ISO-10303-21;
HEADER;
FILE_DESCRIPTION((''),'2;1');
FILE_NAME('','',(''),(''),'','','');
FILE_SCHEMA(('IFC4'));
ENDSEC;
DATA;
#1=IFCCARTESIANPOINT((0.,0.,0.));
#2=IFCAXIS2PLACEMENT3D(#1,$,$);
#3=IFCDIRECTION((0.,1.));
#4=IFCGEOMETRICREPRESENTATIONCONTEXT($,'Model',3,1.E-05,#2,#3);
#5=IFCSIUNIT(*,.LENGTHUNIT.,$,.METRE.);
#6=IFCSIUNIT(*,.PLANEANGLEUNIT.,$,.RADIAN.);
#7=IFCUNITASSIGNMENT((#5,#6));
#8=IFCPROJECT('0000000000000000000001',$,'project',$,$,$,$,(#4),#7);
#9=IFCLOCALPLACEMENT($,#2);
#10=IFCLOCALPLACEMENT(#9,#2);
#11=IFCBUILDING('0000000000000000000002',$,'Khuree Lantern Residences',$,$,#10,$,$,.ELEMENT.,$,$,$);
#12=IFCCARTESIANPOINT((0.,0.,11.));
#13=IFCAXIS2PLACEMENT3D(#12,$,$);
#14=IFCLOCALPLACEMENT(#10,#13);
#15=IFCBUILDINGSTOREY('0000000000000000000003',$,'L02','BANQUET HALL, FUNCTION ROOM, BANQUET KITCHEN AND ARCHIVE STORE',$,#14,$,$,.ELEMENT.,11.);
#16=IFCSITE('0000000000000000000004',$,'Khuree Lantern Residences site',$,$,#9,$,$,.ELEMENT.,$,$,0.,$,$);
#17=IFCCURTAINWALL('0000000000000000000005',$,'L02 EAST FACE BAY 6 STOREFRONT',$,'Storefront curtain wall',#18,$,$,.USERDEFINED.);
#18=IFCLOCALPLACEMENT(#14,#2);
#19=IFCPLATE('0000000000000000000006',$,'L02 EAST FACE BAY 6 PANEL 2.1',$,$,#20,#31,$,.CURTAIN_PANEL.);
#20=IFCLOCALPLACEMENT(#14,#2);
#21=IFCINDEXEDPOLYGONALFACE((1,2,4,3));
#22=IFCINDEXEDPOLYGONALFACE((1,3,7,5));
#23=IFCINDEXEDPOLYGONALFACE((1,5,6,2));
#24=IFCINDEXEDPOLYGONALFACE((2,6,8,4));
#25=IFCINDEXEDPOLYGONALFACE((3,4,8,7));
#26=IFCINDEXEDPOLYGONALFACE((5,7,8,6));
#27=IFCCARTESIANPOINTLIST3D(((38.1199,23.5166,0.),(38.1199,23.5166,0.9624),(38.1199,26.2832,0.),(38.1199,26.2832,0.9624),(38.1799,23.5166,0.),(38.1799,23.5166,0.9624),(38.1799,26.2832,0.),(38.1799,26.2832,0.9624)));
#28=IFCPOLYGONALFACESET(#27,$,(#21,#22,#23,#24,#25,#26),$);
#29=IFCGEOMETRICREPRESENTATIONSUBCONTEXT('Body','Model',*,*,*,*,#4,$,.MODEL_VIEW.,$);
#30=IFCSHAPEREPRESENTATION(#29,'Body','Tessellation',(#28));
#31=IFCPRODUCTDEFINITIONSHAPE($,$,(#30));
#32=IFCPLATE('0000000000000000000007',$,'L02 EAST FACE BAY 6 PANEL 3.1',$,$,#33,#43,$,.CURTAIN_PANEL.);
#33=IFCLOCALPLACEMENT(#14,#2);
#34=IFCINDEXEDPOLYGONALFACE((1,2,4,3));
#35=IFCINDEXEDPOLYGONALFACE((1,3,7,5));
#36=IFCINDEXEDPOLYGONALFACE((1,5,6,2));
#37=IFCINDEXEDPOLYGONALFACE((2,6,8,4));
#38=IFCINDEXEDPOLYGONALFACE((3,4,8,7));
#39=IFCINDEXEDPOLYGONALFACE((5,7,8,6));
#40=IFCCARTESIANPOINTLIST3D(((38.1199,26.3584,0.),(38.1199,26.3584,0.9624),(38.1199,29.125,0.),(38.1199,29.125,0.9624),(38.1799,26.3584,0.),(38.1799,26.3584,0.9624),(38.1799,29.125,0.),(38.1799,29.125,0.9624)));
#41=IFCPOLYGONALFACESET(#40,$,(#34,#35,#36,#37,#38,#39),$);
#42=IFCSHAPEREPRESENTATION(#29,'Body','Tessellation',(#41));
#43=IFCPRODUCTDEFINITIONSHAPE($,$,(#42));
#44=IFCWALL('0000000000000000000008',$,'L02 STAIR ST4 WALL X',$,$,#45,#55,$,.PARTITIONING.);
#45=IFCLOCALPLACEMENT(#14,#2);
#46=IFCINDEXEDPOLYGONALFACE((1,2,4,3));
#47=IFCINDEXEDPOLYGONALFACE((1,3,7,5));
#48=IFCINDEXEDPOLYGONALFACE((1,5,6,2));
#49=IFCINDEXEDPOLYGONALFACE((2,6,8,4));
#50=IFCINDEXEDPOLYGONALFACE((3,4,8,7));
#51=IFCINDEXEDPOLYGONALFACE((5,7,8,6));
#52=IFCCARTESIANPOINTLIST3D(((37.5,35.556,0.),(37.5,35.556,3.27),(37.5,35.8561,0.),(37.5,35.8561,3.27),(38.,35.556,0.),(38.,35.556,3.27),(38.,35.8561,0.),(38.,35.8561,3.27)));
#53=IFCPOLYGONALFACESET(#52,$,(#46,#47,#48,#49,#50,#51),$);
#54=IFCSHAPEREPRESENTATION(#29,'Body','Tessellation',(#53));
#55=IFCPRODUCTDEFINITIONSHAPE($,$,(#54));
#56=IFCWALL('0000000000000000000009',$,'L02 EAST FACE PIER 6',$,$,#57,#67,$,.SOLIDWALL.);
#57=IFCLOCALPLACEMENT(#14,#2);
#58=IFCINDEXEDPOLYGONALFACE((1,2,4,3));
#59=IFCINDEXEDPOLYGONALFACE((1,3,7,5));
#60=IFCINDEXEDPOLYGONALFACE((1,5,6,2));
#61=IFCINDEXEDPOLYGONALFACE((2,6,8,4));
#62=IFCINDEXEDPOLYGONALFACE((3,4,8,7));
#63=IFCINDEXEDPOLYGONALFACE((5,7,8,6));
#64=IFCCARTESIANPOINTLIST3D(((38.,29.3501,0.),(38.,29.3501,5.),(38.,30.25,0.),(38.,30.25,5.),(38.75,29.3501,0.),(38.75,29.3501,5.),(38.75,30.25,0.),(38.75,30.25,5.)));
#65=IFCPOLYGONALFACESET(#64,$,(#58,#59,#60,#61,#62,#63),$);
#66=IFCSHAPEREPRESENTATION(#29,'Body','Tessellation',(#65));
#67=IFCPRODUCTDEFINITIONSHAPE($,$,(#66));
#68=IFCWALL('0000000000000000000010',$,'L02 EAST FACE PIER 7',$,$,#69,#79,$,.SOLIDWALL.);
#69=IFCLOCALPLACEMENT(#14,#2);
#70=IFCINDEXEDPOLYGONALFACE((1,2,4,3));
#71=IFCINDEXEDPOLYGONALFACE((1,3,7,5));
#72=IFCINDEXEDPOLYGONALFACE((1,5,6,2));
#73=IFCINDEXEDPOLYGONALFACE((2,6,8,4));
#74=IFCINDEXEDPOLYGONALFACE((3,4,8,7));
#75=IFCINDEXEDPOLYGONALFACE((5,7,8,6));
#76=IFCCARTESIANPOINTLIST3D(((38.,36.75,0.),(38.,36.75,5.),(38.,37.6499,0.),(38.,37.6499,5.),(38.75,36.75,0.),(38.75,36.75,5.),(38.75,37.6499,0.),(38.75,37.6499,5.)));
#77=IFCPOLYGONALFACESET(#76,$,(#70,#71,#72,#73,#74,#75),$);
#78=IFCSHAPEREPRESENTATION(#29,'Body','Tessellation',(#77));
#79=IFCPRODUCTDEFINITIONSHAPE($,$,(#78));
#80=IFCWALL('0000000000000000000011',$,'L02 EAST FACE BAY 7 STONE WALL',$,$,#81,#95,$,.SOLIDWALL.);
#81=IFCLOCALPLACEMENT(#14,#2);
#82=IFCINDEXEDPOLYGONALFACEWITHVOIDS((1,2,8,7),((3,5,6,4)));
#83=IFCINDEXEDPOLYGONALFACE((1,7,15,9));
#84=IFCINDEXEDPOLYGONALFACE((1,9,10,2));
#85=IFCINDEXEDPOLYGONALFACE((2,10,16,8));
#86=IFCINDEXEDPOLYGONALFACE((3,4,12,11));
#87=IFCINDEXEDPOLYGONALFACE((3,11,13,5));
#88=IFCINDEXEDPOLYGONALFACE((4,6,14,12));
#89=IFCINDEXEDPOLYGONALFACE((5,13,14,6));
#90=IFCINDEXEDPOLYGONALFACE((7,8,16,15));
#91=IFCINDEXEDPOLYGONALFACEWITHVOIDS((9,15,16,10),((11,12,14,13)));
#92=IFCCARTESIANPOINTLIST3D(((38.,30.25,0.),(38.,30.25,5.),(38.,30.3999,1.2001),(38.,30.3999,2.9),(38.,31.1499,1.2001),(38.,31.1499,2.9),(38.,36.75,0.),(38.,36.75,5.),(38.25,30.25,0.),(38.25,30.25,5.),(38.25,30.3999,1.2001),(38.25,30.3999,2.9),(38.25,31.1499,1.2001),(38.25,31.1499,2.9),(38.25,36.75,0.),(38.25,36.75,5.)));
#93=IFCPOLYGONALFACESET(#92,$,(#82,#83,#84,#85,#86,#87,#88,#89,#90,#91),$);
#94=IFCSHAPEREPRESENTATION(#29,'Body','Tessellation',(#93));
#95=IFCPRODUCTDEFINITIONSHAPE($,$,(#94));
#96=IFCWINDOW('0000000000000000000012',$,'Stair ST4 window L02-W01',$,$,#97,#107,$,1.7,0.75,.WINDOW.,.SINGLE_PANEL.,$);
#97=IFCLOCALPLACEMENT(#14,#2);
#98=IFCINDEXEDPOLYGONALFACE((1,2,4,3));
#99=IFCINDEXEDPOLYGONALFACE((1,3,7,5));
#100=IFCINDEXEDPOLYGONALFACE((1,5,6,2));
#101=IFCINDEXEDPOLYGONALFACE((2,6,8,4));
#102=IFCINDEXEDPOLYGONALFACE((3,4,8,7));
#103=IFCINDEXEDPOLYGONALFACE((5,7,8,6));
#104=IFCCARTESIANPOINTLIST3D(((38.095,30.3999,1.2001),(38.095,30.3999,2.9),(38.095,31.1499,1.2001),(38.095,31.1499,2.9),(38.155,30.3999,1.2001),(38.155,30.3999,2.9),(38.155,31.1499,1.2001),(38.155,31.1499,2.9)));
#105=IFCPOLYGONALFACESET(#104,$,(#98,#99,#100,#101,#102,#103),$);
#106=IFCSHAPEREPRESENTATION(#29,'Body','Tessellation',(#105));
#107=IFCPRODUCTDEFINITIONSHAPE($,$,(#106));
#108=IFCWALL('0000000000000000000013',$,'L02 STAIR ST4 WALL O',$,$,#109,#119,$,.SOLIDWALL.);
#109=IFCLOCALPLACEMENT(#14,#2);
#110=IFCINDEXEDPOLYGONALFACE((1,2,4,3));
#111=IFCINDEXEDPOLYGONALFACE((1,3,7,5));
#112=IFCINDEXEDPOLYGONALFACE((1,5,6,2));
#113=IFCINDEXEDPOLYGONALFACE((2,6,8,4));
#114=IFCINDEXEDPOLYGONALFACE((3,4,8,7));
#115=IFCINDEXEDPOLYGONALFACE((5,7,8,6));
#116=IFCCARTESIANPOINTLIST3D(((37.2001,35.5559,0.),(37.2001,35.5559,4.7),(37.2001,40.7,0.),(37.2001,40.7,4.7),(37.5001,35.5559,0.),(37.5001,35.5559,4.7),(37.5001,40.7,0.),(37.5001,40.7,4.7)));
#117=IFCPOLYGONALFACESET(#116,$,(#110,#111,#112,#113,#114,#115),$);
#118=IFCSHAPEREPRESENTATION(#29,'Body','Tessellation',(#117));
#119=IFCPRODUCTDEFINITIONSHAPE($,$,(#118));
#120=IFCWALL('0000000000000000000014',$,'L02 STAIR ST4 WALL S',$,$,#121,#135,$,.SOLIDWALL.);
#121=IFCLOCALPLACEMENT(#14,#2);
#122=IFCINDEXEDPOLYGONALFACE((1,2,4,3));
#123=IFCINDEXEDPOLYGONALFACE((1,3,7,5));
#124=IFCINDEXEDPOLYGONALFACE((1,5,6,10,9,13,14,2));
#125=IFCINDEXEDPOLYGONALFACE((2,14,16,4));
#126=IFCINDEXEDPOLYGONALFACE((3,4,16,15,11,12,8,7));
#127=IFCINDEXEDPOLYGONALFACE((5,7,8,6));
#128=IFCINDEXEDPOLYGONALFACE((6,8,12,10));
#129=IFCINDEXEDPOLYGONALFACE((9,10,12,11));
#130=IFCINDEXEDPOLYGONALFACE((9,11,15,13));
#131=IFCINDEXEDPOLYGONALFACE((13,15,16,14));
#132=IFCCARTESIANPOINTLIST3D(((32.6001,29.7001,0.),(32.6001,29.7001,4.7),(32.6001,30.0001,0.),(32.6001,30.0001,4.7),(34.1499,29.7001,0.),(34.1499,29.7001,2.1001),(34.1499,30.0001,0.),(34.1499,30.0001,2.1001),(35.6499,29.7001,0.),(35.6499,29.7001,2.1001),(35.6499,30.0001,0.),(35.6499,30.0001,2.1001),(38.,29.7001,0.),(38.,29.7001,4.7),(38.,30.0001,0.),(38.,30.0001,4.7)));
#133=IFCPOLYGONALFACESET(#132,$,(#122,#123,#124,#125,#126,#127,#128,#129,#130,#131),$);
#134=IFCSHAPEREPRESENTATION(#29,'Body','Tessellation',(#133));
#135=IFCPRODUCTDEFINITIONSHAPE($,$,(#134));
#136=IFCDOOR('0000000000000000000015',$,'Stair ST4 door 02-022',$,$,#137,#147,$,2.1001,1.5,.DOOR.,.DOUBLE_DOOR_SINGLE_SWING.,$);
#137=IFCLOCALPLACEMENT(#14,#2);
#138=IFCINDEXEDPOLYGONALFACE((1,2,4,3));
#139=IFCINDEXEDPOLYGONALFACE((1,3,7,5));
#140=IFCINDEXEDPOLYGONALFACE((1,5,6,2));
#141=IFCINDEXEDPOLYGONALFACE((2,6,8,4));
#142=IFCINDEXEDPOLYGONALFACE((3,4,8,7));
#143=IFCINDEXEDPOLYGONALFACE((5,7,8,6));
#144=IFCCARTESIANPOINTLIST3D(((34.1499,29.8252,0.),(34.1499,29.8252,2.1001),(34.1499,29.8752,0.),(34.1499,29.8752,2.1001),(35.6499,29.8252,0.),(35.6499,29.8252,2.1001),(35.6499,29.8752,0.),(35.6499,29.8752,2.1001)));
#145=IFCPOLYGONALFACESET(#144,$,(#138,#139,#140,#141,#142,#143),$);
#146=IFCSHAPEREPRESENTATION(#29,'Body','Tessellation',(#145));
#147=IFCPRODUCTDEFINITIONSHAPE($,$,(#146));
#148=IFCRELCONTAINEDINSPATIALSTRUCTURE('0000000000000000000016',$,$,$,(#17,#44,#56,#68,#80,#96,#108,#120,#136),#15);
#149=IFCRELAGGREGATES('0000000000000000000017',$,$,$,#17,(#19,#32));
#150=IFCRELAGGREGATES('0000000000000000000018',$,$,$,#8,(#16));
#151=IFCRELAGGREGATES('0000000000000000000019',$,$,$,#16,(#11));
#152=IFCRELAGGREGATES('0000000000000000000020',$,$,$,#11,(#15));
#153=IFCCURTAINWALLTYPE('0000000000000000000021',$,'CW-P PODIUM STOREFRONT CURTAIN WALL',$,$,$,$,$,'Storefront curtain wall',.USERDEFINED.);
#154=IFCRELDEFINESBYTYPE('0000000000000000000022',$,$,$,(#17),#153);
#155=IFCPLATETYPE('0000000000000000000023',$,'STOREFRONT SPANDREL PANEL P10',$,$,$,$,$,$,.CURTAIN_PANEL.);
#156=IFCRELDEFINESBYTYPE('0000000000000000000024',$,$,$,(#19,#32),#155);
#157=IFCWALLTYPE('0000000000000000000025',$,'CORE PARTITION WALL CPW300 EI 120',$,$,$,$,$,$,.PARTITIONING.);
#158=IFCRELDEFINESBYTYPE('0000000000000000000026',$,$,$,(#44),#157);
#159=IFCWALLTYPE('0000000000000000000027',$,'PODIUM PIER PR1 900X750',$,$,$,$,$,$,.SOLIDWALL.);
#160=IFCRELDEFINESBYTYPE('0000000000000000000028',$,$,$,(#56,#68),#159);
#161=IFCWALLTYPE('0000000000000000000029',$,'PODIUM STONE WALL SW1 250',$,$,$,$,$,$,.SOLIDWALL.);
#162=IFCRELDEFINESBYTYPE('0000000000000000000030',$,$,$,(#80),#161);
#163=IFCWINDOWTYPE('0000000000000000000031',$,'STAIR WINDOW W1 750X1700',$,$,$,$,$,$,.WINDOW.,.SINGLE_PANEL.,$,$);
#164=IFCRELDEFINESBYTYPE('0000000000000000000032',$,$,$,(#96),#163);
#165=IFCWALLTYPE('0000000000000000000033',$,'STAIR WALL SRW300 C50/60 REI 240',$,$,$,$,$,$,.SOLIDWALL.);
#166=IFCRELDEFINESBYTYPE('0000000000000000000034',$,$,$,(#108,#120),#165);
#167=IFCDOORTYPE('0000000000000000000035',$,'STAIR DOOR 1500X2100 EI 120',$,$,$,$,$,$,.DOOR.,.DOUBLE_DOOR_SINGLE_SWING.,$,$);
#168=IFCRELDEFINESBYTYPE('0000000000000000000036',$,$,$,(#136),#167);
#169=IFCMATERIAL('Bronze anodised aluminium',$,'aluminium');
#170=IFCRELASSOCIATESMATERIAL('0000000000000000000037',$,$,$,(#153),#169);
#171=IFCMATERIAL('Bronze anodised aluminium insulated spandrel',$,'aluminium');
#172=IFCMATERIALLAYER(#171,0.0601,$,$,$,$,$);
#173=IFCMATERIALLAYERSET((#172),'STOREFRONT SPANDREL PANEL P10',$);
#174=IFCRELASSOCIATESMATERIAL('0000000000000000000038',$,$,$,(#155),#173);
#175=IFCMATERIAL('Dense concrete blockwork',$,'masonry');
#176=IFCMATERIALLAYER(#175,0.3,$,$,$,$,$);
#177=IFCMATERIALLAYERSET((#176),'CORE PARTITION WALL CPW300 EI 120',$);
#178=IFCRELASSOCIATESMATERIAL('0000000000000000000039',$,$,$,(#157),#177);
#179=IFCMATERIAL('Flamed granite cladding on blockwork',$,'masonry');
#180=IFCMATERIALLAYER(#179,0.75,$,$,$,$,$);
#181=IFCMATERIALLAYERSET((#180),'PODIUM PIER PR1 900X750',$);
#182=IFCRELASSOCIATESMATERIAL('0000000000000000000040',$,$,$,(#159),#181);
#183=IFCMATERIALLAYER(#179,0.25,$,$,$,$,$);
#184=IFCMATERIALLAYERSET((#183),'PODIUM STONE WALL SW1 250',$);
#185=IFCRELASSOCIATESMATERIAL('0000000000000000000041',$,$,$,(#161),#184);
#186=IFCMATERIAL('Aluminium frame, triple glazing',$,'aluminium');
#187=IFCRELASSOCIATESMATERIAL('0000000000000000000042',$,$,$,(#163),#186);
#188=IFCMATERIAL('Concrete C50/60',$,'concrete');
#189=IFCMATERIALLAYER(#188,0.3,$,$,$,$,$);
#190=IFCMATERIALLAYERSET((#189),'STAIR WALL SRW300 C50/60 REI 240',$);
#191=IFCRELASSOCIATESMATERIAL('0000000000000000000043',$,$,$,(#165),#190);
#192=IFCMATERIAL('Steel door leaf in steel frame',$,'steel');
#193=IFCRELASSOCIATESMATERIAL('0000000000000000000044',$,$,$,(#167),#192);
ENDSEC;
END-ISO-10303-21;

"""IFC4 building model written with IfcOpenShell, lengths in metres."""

from ifc_helpers import new_model, si_unit, direction, frame, frame_2d, origin, origin_2d, place, context, subcontext, project, spatial, rectangle, extrude, material, layer, layer_set, type_object, element, fill, aggregate, save


model = new_model("IFC4")

# Units and contexts
model_context = context("Model", 3, precision=1e-05, world=origin(), true_north=direction((0.0, 1.0)))
body_context = subcontext(model_context, "Body", "Model", "MODEL_VIEW")
ifc_project = project(units=[si_unit("LENGTHUNIT", "METRE"), si_unit("PLANEANGLEUNIT", "RADIAN")], contexts=[model_context])

# Site, building, storey
site_placement = place(None, origin())
site = spatial("IfcSite", under=ifc_project, at=site_placement, Name="Khuree Lantern Residences site", CompositionType="ELEMENT", RefElevation=0.0)
building_placement = place(site_placement, origin())
building = spatial("IfcBuilding", under=site, at=building_placement, Name="Khuree Lantern Residences", CompositionType="ELEMENT")
storey_placement = place(building_placement, frame((0.0, 0.0, 11.0)))
storey = spatial("IfcBuildingStorey", under=building, at=storey_placement, Name="L02", Description="BANQUET HALL, FUNCTION ROOM, BANQUET KITCHEN AND ARCHIVE STORE", CompositionType="ELEMENT", Elevation=11.0)

# Curtain wall
ifc_material_1 = material(Name="Bronze anodised aluminium", Category="aluminium")
curtain_wall_type = type_object("IfcCurtainWallType", Name="CW-P PODIUM STOREFRONT CURTAIN WALL", ElementType="Storefront curtain wall", PredefinedType="USERDEFINED", material=ifc_material_1)
curtain_wall_placement = place(storey_placement, origin())
curtain_wall = element("IfcCurtainWall", 1, at=curtain_wall_placement, inside=storey, type_object=curtain_wall_type, Name="L02 EAST FACE BAY 6 STOREFRONT", ObjectType="Storefront curtain wall", PredefinedType="USERDEFINED")

# Plates
ifc_material_2 = material(Name="Bronze anodised aluminium insulated spandrel", Category="aluminium")
ifc_layer_1 = layer(ifc_material_2, 0.0601)
ifc_layer_set_1 = layer_set([ifc_layer_1], Name="STOREFRONT SPANDREL PANEL P10")
plate_type_1 = type_object("IfcPlateType", Name="STOREFRONT SPANDREL PANEL P10", PredefinedType="CURTAIN_PANEL", material=ifc_layer_set_1)
plate_1_placement = place(storey_placement, frame((38.1499, 24.8999, 0.0), z_axis=(0.0, 0.0, 1.0), x_axis=(0.0, 1.0, 0.0)))
plate_1 = element("IfcPlate", 2, at=plate_1_placement, type_object=plate_type_1, Name="L02 EAST FACE BAY 6 PANEL 2.1", PredefinedType="CURTAIN_PANEL", context=body_context, shape_type="SweptSolid", body=[
    extrude(rectangle(XDim=2.7666, YDim=0.0601, at=origin_2d()), origin(), (0.0, 0.0, 1.0), 0.9624),
])
plate_2_placement = place(storey_placement, frame((38.1499, 27.7417, 0.0), z_axis=(0.0, 0.0, 1.0), x_axis=(0.0, 1.0, 0.0)))
plate_2 = element("IfcPlate", 3, at=plate_2_placement, type_object=plate_type_1, Name="L02 EAST FACE BAY 6 PANEL 3.1", PredefinedType="CURTAIN_PANEL", context=body_context, shape_type="SweptSolid", body=[
    extrude(rectangle(XDim=2.7666, YDim=0.0601, at=origin_2d()), origin(), (0.0, 0.0, 1.0), 0.9624),
])
aggregate(curtain_wall, [plate_1, plate_2])

# Walls
ifc_material_3 = material(Name="Dense concrete blockwork", Category="masonry")
ifc_layer_2 = layer(ifc_material_3, 0.3)
ifc_layer_set_2 = layer_set([ifc_layer_2], Name="CORE PARTITION WALL CPW300 EI 120")
wall_type_1 = type_object("IfcWallType", Name="CORE PARTITION WALL CPW300 EI 120", PredefinedType="PARTITIONING", material=ifc_layer_set_2)
wall_1_placement = place(storey_placement, frame((38.0, 35.7061, 0.0), z_axis=(0.0, 0.0, 1.0), x_axis=(-1.0, 0.0, 0.0)))
element("IfcWall", 4, at=wall_1_placement, inside=storey, type_object=wall_type_1, Name="L02 STAIR ST4 WALL X", PredefinedType="PARTITIONING", context=body_context, shape_type="SweptSolid", body=[
    extrude(rectangle(XDim=0.5, YDim=0.3, at=frame_2d((0.25, 0.0))), origin(), (0.0, 0.0, 1.0), 3.27),
])
ifc_material_4 = material(Name="Flamed granite cladding on blockwork", Category="masonry")
ifc_layer_3 = layer(ifc_material_4, 0.75)
ifc_layer_set_3 = layer_set([ifc_layer_3], Name="PODIUM PIER PR1 900X750")
wall_type_2 = type_object("IfcWallType", Name="PODIUM PIER PR1 900X750", PredefinedType="SOLIDWALL", material=ifc_layer_set_3)
for number, where, z_axis, x_axis, name in (
    (5, (38.375, 29.3501, 0.0), (0.0, 0.0, 1.0), (0.0, 1.0, 0.0), "L02 EAST FACE PIER 6"),
    (6, (38.375, 36.75, 0.0), (0.0, 0.0, 1.0), (0.0, 1.0, 0.0), "L02 EAST FACE PIER 7"),
):
    element("IfcWall", number, at=place(storey_placement, frame(where, z_axis=z_axis, x_axis=x_axis)), inside=storey, type_object=wall_type_2, Name=name, PredefinedType="SOLIDWALL", context=body_context, shape_type="SweptSolid", body=[
        extrude(rectangle(XDim=0.8999, YDim=0.75, at=frame_2d((0.45, 0.0))), origin(), (0.0, 0.0, 1.0), 5.0),
    ])

# Wall, opening, window
ifc_layer_4 = layer(ifc_material_4, 0.25)
ifc_layer_set_4 = layer_set([ifc_layer_4], Name="PODIUM STONE WALL SW1 250")
wall_type_3 = type_object("IfcWallType", Name="PODIUM STONE WALL SW1 250", PredefinedType="SOLIDWALL", material=ifc_layer_set_4)
wall_2_placement = place(storey_placement, frame((38.125, 30.25, 0.0), z_axis=(0.0, 0.0, 1.0), x_axis=(0.0, 1.0, 0.0)))
wall_2 = element("IfcWall", 7, at=wall_2_placement, inside=storey, type_object=wall_type_3, Name="L02 EAST FACE BAY 7 STONE WALL", PredefinedType="SOLIDWALL", context=body_context, shape_type="SweptSolid", body=[
    extrude(rectangle(XDim=6.5, YDim=0.25, at=frame_2d((3.25, 0.0))), origin(), (0.0, 0.0, 1.0), 5.0),
])
opening_1_placement = place(wall_2_placement, frame((0.1499, 0.0, 1.2)))
opening_1 = element("IfcOpeningElement", 8, at=opening_1_placement, cuts=wall_2, PredefinedType="OPENING", context=body_context, shape_type="SweptSolid", body=[
    extrude(rectangle(XDim=0.75, YDim=1.7, at=frame_2d((0.375, 0.8501))), frame((0.0, 0.135, 0.0), z_axis=(0.0, -1.0, 0.0), x_axis=(1.0, 0.0, 0.0)), (0.0, 0.0, 1.0), 0.27),
])
ifc_material_5 = material(Name="Aluminium frame, triple glazing", Category="aluminium")
window_type = type_object("IfcWindowType", Name="STAIR WINDOW W1 750X1700", PartitioningType="SINGLE_PANEL", PredefinedType="WINDOW", material=ifc_material_5)
window_placement = place(opening_1_placement, origin())
window = element("IfcWindow", 9, at=window_placement, inside=storey, type_object=window_type, Name="Stair ST4 window L02-W01", OverallHeight=1.7, OverallWidth=0.75, PartitioningType="SINGLE_PANEL", PredefinedType="WINDOW", context=body_context, shape_type="SweptSolid", body=[
    extrude(rectangle(XDim=0.75, YDim=1.7, at=frame_2d((0.375, 0.8501))), frame((0.0, 0.03, 0.0), z_axis=(0.0, -1.0, 0.0), x_axis=(1.0, 0.0, 0.0)), (0.0, 0.0, 1.0), 0.0601),
])
fill(opening_1, window)

# Wall
ifc_material_6 = material(Name="Concrete C50/60", Category="concrete")
ifc_layer_5 = layer(ifc_material_6, 0.3)
ifc_layer_set_5 = layer_set([ifc_layer_5], Name="STAIR WALL SRW300 C50/60 REI 240")
wall_type_4 = type_object("IfcWallType", Name="STAIR WALL SRW300 C50/60 REI 240", PredefinedType="SOLIDWALL", material=ifc_layer_set_5)
wall_3_placement = place(storey_placement, frame((37.3501, 35.5559, 0.0), z_axis=(0.0, 0.0, 1.0), x_axis=(0.0, 1.0, 0.0)))
element("IfcWall", 10, at=wall_3_placement, inside=storey, type_object=wall_type_4, Name="L02 STAIR ST4 WALL O", PredefinedType="SOLIDWALL", context=body_context, shape_type="SweptSolid", body=[
    extrude(rectangle(XDim=5.144, YDim=0.3, at=frame_2d((2.572, 0.0))), origin(), (0.0, 0.0, 1.0), 4.7),
])

# Wall, opening, door
wall_4_placement = place(storey_placement, frame((38.0, 29.8501, 0.0), z_axis=(0.0, 0.0, 1.0), x_axis=(-1.0, 0.0, 0.0)))
wall_4 = element("IfcWall", 11, at=wall_4_placement, inside=storey, type_object=wall_type_4, Name="L02 STAIR ST4 WALL S", PredefinedType="SOLIDWALL", context=body_context, shape_type="SweptSolid", body=[
    extrude(rectangle(XDim=5.3999, YDim=0.3, at=frame_2d((2.7, 0.0))), origin(), (0.0, 0.0, 1.0), 4.7),
])
opening_2_placement = place(wall_4_placement, frame((2.3501, 0.0, 0.0)))
opening_2 = element("IfcOpeningElement", 12, at=opening_2_placement, cuts=wall_4, PredefinedType="OPENING", context=body_context, shape_type="SweptSolid", body=[
    extrude(rectangle(XDim=1.5, YDim=2.1001, at=frame_2d((0.75, 1.05))), frame((0.0, 0.1602, 0.0), z_axis=(0.0, -1.0, 0.0), x_axis=(1.0, 0.0, 0.0)), (0.0, 0.0, 1.0), 0.3201),
])
ifc_material_7 = material(Name="Steel door leaf in steel frame", Category="steel")
door_type = type_object("IfcDoorType", Name="STAIR DOOR 1500X2100 EI 120", OperationType="DOUBLE_DOOR_SINGLE_SWING", PredefinedType="DOOR", material=ifc_material_7)
door_placement = place(opening_2_placement, origin())
door = element("IfcDoor", 13, at=door_placement, inside=storey, type_object=door_type, Name="Stair ST4 door 02-022", OperationType="DOUBLE_DOOR_SINGLE_SWING", OverallHeight=2.1001, OverallWidth=1.5, PredefinedType="DOOR", context=body_context, shape_type="SweptSolid", body=[
    extrude(rectangle(XDim=1.5, YDim=2.1001, at=frame_2d((0.75, 1.05))), frame((0.0, 0.0249, 0.0), z_axis=(0.0, -1.0, 0.0), x_axis=(1.0, 0.0, 0.0)), (0.0, 0.0, 1.0), 0.05),
])
fill(opening_2, door)

save(model, "model.ifc")
